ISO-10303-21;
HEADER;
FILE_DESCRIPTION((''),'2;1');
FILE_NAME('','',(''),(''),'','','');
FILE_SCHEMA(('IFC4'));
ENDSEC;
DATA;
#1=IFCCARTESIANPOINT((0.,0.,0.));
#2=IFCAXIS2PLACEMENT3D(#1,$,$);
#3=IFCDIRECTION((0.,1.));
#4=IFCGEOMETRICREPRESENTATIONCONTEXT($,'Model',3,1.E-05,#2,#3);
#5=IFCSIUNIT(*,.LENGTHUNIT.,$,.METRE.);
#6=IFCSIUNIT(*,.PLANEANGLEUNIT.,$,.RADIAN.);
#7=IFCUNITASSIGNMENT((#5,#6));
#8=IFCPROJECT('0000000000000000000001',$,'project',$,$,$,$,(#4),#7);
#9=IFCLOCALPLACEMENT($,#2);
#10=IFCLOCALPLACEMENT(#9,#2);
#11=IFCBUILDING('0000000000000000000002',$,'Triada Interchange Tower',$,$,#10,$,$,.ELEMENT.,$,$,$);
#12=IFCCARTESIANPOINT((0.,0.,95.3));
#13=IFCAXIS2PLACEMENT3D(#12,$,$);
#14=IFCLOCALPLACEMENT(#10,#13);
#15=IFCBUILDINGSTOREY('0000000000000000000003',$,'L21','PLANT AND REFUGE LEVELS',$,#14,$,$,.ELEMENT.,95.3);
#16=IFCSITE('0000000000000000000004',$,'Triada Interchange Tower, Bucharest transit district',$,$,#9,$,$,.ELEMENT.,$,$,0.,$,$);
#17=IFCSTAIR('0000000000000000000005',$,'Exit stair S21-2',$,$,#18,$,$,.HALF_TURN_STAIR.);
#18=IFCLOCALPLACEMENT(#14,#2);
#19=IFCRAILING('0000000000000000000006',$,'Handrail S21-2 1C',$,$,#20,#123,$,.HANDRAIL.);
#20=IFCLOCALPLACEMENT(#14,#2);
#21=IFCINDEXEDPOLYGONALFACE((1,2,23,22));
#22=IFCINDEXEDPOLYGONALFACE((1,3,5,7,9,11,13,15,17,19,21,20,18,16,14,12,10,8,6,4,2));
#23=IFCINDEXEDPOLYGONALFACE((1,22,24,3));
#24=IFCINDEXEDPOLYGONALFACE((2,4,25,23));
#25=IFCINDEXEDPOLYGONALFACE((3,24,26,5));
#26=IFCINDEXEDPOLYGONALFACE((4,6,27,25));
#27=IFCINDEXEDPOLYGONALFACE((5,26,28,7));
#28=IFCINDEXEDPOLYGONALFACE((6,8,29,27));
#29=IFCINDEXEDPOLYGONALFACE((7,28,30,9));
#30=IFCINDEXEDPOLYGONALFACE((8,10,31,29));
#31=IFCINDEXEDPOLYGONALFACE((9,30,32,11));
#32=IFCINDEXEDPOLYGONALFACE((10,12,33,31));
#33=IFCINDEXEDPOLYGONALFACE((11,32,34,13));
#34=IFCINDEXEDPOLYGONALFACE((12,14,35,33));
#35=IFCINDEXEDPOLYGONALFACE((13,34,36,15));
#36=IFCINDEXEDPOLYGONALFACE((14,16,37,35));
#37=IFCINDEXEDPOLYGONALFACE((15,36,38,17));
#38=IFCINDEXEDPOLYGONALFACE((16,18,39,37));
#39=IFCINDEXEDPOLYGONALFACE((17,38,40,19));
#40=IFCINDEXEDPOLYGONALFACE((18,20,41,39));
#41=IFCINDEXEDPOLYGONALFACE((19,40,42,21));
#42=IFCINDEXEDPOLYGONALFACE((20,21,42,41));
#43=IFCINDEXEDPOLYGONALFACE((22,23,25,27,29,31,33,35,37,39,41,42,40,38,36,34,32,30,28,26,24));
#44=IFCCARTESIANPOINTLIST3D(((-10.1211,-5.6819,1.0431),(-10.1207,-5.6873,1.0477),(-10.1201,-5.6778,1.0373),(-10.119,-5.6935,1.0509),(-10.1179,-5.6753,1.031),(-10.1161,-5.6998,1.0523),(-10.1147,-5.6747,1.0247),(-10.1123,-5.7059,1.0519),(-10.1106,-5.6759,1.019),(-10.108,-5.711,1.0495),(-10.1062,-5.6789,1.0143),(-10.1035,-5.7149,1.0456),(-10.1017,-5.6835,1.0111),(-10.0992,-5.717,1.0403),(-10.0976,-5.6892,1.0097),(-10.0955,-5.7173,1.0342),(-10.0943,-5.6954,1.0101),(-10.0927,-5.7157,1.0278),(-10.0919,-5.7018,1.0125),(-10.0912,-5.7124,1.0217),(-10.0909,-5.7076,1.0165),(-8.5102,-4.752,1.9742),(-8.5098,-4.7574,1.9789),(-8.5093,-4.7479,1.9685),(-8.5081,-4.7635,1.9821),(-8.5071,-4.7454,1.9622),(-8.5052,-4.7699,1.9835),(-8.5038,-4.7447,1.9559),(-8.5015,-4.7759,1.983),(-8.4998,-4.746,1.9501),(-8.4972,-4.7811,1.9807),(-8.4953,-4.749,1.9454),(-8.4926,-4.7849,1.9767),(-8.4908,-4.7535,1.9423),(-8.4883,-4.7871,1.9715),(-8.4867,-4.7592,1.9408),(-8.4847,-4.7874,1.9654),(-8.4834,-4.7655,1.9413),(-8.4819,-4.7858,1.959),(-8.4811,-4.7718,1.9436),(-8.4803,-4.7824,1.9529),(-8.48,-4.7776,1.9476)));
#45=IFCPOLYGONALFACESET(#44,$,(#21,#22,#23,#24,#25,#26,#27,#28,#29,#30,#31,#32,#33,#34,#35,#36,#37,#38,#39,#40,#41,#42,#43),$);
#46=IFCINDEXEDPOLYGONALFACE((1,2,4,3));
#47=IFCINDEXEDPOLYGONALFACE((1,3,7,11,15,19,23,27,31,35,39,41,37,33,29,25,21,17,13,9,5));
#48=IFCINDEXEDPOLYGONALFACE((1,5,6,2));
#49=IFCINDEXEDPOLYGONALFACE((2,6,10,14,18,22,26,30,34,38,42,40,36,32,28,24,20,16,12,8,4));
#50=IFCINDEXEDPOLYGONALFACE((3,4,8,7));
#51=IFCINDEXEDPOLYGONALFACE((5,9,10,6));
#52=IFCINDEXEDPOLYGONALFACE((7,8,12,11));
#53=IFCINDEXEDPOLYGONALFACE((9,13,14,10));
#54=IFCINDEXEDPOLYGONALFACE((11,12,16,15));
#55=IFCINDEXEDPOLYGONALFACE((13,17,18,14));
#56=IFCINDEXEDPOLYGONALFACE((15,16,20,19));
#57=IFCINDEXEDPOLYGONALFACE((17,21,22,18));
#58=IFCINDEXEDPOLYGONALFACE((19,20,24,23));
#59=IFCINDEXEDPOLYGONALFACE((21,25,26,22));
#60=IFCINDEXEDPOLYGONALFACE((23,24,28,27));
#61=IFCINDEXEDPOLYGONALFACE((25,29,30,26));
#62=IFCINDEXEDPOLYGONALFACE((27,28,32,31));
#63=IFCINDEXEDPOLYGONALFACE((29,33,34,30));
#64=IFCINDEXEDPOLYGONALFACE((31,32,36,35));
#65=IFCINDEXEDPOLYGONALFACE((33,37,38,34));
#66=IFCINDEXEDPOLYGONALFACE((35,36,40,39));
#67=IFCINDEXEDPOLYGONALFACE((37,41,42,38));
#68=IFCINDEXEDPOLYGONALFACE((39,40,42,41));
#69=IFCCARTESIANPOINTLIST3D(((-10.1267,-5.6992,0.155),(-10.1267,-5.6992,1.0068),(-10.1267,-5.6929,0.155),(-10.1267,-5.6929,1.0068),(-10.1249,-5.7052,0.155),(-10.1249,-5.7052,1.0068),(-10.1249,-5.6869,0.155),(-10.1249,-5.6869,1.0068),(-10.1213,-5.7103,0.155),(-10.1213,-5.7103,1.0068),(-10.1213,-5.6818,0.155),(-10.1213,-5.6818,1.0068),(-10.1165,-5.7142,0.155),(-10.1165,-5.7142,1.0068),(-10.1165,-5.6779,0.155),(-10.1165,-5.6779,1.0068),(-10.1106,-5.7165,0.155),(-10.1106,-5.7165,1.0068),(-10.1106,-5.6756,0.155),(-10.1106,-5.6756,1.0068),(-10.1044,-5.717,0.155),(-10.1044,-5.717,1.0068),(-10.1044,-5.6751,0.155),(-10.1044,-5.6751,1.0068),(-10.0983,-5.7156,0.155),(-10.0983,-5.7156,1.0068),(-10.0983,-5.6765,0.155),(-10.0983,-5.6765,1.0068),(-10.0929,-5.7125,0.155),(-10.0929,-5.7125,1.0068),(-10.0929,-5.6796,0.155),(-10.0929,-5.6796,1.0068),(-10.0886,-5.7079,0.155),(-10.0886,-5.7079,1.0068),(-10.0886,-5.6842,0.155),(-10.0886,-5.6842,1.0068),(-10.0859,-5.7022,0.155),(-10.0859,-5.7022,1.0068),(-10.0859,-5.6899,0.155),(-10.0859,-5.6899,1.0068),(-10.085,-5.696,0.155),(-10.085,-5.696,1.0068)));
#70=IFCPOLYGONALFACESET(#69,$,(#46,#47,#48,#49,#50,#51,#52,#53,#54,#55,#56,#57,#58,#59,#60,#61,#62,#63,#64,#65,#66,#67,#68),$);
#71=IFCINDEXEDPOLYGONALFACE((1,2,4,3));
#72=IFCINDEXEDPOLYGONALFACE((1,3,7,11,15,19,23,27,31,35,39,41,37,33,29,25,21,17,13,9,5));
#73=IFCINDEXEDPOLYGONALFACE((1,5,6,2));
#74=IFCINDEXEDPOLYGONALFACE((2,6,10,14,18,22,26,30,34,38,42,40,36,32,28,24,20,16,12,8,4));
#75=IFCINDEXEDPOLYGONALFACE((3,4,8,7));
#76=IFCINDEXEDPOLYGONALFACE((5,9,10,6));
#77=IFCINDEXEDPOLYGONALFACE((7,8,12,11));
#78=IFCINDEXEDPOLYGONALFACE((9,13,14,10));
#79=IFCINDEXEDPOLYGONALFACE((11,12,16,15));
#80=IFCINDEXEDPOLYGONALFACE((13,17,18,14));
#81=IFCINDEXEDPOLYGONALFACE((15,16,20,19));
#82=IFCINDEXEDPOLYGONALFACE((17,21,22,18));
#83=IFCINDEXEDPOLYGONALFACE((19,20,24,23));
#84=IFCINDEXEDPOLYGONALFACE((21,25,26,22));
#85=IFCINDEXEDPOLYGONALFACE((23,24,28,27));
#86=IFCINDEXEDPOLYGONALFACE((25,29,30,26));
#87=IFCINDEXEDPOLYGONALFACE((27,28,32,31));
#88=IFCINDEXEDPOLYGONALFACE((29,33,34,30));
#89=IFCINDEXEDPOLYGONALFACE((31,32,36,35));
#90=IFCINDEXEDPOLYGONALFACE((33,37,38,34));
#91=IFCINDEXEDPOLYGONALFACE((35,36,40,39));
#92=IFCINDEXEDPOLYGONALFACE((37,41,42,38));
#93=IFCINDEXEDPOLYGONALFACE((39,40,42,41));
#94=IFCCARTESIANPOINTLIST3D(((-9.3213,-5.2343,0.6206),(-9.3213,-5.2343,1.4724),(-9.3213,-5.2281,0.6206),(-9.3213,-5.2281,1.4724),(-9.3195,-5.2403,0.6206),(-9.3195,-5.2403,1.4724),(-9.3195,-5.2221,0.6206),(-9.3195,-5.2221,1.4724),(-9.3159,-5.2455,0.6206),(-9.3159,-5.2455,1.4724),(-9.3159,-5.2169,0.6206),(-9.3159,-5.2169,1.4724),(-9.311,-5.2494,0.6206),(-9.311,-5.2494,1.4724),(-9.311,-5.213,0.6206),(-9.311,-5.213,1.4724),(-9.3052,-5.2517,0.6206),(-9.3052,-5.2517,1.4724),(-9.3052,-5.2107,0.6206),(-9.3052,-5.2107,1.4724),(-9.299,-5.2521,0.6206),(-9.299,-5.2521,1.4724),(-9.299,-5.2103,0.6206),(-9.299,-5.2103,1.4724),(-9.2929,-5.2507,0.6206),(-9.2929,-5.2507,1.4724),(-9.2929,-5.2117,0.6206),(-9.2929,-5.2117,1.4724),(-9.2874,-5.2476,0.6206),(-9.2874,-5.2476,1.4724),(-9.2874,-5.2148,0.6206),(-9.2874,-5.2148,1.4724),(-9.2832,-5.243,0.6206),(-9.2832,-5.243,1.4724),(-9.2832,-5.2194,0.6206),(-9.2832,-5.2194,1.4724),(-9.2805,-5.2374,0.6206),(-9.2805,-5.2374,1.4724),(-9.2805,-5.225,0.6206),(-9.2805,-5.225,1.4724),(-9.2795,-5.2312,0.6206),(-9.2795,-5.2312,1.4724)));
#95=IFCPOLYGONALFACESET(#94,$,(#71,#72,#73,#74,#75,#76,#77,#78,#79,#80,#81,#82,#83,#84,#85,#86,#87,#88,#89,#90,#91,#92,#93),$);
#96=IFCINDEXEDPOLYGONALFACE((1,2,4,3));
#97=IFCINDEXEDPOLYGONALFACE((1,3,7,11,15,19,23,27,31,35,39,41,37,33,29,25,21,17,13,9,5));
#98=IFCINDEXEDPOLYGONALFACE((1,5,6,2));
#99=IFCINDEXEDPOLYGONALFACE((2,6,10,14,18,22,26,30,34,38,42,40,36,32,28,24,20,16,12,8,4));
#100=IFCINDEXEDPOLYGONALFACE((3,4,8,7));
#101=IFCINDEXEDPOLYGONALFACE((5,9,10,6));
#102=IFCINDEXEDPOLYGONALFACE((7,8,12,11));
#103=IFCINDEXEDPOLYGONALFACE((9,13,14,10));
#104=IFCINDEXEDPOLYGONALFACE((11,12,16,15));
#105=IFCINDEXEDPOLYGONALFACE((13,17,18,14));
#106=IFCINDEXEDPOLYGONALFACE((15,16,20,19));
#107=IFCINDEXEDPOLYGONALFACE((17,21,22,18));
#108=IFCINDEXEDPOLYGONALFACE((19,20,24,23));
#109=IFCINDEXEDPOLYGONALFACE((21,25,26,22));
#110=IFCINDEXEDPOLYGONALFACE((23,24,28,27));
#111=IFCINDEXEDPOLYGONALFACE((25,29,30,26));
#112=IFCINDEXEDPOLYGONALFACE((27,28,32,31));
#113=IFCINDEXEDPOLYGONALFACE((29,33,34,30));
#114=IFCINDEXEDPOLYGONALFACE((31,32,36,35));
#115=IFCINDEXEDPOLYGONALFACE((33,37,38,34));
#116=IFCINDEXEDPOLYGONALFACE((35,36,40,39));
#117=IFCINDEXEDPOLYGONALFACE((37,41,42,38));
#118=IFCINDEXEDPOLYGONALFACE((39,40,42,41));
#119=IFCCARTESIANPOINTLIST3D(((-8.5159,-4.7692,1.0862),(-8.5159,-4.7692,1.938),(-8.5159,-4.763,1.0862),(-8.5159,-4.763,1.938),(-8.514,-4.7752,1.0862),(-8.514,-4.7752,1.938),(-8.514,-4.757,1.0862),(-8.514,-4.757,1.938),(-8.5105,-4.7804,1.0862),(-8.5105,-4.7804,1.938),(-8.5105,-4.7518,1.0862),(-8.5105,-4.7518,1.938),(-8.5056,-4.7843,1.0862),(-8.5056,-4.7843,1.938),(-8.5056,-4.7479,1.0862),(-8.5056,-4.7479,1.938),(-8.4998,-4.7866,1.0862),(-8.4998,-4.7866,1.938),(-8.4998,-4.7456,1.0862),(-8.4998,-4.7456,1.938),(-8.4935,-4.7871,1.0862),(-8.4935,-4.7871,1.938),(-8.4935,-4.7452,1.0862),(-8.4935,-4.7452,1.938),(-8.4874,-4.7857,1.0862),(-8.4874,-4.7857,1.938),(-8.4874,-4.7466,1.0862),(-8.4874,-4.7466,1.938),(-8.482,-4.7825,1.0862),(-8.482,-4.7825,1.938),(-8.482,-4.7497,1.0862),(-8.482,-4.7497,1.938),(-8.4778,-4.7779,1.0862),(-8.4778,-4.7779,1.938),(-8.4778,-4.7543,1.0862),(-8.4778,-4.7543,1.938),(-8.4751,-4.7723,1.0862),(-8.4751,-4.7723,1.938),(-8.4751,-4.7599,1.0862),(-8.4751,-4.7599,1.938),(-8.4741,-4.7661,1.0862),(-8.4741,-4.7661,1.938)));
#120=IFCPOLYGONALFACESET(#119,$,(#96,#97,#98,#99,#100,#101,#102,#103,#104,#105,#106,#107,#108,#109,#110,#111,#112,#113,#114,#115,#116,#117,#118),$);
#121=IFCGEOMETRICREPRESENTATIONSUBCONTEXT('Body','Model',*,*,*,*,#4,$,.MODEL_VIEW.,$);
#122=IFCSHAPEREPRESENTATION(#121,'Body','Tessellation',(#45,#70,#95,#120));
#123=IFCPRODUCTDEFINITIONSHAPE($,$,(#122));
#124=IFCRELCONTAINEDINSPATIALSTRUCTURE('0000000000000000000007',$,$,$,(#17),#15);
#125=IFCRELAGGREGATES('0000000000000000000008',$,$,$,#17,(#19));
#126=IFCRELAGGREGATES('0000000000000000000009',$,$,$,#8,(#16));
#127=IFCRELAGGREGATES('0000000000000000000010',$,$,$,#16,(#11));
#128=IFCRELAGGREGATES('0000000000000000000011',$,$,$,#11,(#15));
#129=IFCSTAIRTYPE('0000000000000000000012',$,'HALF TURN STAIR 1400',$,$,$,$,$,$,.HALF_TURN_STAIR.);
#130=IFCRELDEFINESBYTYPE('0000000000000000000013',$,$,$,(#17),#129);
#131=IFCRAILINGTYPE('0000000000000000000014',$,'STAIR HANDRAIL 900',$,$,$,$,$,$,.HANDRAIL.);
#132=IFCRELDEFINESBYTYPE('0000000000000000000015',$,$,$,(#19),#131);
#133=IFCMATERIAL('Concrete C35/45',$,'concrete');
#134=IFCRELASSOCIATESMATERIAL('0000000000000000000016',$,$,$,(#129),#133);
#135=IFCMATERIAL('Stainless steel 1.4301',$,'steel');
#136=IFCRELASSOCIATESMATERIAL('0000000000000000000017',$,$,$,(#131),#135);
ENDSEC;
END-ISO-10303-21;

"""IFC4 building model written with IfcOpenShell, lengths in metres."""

from ifc_helpers import new_model, si_unit, direction, frame, origin, origin_2d, place, context, subcontext, project, spatial, circle, extrude, material, type_object, element, aggregate, save


model = new_model("IFC4")

# Units and contexts
model_context = context("Model", 3, precision=1e-05, world=origin(), true_north=direction((0.0, 1.0)))
body_context = subcontext(model_context, "Body", "Model", "MODEL_VIEW")
ifc_project = project(units=[si_unit("LENGTHUNIT", "METRE"), si_unit("PLANEANGLEUNIT", "RADIAN")], contexts=[model_context])

# Site, building, storey
site_placement = place(None, origin())
site = spatial("IfcSite", under=ifc_project, at=site_placement, Name="Triada Interchange Tower, Bucharest transit district", CompositionType="ELEMENT", RefElevation=0.0)
building_placement = place(site_placement, origin())
building = spatial("IfcBuilding", under=site, at=building_placement, Name="Triada Interchange Tower", CompositionType="ELEMENT")
storey_placement = place(building_placement, frame((0.0, 0.0, 95.3)))
storey = spatial("IfcBuildingStorey", under=building, at=storey_placement, Name="L21", Description="PLANT AND REFUGE LEVELS", CompositionType="ELEMENT", Elevation=95.3)

# Shared definitions
ifc_material_1 = material(Name="Concrete C35/45", Category="concrete")

# Stair, railing
stair_type = type_object("IfcStairType", Name="HALF TURN STAIR 1400", PredefinedType="HALF_TURN_STAIR", material=ifc_material_1)
stair_placement = place(storey_placement, origin())
stair = element("IfcStair", 1, at=stair_placement, inside=storey, type_object=stair_type, Name="Exit stair S21-2", PredefinedType="HALF_TURN_STAIR")
ifc_material_2 = material(Name="Stainless steel 1.4301", Category="steel")
railing_type_1 = type_object("IfcRailingType", Name="STAIR HANDRAIL 900", PredefinedType="HANDRAIL", material=ifc_material_2)
railing_1_placement = place(storey_placement, frame((-10.106, -5.696, 0.155)))
railing_1 = element("IfcRailing", 2, at=railing_1_placement, type_object=railing_type_1, Name="Handrail S21-2 1C", PredefinedType="HANDRAIL", context=body_context, shape_type="SweptSolid", body=[
    extrude(circle(Radius=0.0239, at=origin_2d()), frame((0.0, 0.0, 0.876), z_axis=(0.774422, 0.447071, 0.447658), x_axis=(-0.499965, 0.866046, 0.0)), (0.0, 0.0, 1.0), 2.0801),
    extrude(circle(Radius=0.021, at=origin_2d()), origin(), (0.0, 0.0, 1.0), 0.8518),
    extrude(circle(Radius=0.021, at=origin_2d()), frame((0.8054, 0.4648, 0.4656)), (0.0, 0.0, 1.0), 0.8518),
    extrude(circle(Radius=0.021, at=origin_2d()), frame((1.6108, 0.9299, 0.9312)), (0.0, 0.0, 1.0), 0.8518),
])
aggregate(stair, [railing_1])

save(model, "model.ifc")
